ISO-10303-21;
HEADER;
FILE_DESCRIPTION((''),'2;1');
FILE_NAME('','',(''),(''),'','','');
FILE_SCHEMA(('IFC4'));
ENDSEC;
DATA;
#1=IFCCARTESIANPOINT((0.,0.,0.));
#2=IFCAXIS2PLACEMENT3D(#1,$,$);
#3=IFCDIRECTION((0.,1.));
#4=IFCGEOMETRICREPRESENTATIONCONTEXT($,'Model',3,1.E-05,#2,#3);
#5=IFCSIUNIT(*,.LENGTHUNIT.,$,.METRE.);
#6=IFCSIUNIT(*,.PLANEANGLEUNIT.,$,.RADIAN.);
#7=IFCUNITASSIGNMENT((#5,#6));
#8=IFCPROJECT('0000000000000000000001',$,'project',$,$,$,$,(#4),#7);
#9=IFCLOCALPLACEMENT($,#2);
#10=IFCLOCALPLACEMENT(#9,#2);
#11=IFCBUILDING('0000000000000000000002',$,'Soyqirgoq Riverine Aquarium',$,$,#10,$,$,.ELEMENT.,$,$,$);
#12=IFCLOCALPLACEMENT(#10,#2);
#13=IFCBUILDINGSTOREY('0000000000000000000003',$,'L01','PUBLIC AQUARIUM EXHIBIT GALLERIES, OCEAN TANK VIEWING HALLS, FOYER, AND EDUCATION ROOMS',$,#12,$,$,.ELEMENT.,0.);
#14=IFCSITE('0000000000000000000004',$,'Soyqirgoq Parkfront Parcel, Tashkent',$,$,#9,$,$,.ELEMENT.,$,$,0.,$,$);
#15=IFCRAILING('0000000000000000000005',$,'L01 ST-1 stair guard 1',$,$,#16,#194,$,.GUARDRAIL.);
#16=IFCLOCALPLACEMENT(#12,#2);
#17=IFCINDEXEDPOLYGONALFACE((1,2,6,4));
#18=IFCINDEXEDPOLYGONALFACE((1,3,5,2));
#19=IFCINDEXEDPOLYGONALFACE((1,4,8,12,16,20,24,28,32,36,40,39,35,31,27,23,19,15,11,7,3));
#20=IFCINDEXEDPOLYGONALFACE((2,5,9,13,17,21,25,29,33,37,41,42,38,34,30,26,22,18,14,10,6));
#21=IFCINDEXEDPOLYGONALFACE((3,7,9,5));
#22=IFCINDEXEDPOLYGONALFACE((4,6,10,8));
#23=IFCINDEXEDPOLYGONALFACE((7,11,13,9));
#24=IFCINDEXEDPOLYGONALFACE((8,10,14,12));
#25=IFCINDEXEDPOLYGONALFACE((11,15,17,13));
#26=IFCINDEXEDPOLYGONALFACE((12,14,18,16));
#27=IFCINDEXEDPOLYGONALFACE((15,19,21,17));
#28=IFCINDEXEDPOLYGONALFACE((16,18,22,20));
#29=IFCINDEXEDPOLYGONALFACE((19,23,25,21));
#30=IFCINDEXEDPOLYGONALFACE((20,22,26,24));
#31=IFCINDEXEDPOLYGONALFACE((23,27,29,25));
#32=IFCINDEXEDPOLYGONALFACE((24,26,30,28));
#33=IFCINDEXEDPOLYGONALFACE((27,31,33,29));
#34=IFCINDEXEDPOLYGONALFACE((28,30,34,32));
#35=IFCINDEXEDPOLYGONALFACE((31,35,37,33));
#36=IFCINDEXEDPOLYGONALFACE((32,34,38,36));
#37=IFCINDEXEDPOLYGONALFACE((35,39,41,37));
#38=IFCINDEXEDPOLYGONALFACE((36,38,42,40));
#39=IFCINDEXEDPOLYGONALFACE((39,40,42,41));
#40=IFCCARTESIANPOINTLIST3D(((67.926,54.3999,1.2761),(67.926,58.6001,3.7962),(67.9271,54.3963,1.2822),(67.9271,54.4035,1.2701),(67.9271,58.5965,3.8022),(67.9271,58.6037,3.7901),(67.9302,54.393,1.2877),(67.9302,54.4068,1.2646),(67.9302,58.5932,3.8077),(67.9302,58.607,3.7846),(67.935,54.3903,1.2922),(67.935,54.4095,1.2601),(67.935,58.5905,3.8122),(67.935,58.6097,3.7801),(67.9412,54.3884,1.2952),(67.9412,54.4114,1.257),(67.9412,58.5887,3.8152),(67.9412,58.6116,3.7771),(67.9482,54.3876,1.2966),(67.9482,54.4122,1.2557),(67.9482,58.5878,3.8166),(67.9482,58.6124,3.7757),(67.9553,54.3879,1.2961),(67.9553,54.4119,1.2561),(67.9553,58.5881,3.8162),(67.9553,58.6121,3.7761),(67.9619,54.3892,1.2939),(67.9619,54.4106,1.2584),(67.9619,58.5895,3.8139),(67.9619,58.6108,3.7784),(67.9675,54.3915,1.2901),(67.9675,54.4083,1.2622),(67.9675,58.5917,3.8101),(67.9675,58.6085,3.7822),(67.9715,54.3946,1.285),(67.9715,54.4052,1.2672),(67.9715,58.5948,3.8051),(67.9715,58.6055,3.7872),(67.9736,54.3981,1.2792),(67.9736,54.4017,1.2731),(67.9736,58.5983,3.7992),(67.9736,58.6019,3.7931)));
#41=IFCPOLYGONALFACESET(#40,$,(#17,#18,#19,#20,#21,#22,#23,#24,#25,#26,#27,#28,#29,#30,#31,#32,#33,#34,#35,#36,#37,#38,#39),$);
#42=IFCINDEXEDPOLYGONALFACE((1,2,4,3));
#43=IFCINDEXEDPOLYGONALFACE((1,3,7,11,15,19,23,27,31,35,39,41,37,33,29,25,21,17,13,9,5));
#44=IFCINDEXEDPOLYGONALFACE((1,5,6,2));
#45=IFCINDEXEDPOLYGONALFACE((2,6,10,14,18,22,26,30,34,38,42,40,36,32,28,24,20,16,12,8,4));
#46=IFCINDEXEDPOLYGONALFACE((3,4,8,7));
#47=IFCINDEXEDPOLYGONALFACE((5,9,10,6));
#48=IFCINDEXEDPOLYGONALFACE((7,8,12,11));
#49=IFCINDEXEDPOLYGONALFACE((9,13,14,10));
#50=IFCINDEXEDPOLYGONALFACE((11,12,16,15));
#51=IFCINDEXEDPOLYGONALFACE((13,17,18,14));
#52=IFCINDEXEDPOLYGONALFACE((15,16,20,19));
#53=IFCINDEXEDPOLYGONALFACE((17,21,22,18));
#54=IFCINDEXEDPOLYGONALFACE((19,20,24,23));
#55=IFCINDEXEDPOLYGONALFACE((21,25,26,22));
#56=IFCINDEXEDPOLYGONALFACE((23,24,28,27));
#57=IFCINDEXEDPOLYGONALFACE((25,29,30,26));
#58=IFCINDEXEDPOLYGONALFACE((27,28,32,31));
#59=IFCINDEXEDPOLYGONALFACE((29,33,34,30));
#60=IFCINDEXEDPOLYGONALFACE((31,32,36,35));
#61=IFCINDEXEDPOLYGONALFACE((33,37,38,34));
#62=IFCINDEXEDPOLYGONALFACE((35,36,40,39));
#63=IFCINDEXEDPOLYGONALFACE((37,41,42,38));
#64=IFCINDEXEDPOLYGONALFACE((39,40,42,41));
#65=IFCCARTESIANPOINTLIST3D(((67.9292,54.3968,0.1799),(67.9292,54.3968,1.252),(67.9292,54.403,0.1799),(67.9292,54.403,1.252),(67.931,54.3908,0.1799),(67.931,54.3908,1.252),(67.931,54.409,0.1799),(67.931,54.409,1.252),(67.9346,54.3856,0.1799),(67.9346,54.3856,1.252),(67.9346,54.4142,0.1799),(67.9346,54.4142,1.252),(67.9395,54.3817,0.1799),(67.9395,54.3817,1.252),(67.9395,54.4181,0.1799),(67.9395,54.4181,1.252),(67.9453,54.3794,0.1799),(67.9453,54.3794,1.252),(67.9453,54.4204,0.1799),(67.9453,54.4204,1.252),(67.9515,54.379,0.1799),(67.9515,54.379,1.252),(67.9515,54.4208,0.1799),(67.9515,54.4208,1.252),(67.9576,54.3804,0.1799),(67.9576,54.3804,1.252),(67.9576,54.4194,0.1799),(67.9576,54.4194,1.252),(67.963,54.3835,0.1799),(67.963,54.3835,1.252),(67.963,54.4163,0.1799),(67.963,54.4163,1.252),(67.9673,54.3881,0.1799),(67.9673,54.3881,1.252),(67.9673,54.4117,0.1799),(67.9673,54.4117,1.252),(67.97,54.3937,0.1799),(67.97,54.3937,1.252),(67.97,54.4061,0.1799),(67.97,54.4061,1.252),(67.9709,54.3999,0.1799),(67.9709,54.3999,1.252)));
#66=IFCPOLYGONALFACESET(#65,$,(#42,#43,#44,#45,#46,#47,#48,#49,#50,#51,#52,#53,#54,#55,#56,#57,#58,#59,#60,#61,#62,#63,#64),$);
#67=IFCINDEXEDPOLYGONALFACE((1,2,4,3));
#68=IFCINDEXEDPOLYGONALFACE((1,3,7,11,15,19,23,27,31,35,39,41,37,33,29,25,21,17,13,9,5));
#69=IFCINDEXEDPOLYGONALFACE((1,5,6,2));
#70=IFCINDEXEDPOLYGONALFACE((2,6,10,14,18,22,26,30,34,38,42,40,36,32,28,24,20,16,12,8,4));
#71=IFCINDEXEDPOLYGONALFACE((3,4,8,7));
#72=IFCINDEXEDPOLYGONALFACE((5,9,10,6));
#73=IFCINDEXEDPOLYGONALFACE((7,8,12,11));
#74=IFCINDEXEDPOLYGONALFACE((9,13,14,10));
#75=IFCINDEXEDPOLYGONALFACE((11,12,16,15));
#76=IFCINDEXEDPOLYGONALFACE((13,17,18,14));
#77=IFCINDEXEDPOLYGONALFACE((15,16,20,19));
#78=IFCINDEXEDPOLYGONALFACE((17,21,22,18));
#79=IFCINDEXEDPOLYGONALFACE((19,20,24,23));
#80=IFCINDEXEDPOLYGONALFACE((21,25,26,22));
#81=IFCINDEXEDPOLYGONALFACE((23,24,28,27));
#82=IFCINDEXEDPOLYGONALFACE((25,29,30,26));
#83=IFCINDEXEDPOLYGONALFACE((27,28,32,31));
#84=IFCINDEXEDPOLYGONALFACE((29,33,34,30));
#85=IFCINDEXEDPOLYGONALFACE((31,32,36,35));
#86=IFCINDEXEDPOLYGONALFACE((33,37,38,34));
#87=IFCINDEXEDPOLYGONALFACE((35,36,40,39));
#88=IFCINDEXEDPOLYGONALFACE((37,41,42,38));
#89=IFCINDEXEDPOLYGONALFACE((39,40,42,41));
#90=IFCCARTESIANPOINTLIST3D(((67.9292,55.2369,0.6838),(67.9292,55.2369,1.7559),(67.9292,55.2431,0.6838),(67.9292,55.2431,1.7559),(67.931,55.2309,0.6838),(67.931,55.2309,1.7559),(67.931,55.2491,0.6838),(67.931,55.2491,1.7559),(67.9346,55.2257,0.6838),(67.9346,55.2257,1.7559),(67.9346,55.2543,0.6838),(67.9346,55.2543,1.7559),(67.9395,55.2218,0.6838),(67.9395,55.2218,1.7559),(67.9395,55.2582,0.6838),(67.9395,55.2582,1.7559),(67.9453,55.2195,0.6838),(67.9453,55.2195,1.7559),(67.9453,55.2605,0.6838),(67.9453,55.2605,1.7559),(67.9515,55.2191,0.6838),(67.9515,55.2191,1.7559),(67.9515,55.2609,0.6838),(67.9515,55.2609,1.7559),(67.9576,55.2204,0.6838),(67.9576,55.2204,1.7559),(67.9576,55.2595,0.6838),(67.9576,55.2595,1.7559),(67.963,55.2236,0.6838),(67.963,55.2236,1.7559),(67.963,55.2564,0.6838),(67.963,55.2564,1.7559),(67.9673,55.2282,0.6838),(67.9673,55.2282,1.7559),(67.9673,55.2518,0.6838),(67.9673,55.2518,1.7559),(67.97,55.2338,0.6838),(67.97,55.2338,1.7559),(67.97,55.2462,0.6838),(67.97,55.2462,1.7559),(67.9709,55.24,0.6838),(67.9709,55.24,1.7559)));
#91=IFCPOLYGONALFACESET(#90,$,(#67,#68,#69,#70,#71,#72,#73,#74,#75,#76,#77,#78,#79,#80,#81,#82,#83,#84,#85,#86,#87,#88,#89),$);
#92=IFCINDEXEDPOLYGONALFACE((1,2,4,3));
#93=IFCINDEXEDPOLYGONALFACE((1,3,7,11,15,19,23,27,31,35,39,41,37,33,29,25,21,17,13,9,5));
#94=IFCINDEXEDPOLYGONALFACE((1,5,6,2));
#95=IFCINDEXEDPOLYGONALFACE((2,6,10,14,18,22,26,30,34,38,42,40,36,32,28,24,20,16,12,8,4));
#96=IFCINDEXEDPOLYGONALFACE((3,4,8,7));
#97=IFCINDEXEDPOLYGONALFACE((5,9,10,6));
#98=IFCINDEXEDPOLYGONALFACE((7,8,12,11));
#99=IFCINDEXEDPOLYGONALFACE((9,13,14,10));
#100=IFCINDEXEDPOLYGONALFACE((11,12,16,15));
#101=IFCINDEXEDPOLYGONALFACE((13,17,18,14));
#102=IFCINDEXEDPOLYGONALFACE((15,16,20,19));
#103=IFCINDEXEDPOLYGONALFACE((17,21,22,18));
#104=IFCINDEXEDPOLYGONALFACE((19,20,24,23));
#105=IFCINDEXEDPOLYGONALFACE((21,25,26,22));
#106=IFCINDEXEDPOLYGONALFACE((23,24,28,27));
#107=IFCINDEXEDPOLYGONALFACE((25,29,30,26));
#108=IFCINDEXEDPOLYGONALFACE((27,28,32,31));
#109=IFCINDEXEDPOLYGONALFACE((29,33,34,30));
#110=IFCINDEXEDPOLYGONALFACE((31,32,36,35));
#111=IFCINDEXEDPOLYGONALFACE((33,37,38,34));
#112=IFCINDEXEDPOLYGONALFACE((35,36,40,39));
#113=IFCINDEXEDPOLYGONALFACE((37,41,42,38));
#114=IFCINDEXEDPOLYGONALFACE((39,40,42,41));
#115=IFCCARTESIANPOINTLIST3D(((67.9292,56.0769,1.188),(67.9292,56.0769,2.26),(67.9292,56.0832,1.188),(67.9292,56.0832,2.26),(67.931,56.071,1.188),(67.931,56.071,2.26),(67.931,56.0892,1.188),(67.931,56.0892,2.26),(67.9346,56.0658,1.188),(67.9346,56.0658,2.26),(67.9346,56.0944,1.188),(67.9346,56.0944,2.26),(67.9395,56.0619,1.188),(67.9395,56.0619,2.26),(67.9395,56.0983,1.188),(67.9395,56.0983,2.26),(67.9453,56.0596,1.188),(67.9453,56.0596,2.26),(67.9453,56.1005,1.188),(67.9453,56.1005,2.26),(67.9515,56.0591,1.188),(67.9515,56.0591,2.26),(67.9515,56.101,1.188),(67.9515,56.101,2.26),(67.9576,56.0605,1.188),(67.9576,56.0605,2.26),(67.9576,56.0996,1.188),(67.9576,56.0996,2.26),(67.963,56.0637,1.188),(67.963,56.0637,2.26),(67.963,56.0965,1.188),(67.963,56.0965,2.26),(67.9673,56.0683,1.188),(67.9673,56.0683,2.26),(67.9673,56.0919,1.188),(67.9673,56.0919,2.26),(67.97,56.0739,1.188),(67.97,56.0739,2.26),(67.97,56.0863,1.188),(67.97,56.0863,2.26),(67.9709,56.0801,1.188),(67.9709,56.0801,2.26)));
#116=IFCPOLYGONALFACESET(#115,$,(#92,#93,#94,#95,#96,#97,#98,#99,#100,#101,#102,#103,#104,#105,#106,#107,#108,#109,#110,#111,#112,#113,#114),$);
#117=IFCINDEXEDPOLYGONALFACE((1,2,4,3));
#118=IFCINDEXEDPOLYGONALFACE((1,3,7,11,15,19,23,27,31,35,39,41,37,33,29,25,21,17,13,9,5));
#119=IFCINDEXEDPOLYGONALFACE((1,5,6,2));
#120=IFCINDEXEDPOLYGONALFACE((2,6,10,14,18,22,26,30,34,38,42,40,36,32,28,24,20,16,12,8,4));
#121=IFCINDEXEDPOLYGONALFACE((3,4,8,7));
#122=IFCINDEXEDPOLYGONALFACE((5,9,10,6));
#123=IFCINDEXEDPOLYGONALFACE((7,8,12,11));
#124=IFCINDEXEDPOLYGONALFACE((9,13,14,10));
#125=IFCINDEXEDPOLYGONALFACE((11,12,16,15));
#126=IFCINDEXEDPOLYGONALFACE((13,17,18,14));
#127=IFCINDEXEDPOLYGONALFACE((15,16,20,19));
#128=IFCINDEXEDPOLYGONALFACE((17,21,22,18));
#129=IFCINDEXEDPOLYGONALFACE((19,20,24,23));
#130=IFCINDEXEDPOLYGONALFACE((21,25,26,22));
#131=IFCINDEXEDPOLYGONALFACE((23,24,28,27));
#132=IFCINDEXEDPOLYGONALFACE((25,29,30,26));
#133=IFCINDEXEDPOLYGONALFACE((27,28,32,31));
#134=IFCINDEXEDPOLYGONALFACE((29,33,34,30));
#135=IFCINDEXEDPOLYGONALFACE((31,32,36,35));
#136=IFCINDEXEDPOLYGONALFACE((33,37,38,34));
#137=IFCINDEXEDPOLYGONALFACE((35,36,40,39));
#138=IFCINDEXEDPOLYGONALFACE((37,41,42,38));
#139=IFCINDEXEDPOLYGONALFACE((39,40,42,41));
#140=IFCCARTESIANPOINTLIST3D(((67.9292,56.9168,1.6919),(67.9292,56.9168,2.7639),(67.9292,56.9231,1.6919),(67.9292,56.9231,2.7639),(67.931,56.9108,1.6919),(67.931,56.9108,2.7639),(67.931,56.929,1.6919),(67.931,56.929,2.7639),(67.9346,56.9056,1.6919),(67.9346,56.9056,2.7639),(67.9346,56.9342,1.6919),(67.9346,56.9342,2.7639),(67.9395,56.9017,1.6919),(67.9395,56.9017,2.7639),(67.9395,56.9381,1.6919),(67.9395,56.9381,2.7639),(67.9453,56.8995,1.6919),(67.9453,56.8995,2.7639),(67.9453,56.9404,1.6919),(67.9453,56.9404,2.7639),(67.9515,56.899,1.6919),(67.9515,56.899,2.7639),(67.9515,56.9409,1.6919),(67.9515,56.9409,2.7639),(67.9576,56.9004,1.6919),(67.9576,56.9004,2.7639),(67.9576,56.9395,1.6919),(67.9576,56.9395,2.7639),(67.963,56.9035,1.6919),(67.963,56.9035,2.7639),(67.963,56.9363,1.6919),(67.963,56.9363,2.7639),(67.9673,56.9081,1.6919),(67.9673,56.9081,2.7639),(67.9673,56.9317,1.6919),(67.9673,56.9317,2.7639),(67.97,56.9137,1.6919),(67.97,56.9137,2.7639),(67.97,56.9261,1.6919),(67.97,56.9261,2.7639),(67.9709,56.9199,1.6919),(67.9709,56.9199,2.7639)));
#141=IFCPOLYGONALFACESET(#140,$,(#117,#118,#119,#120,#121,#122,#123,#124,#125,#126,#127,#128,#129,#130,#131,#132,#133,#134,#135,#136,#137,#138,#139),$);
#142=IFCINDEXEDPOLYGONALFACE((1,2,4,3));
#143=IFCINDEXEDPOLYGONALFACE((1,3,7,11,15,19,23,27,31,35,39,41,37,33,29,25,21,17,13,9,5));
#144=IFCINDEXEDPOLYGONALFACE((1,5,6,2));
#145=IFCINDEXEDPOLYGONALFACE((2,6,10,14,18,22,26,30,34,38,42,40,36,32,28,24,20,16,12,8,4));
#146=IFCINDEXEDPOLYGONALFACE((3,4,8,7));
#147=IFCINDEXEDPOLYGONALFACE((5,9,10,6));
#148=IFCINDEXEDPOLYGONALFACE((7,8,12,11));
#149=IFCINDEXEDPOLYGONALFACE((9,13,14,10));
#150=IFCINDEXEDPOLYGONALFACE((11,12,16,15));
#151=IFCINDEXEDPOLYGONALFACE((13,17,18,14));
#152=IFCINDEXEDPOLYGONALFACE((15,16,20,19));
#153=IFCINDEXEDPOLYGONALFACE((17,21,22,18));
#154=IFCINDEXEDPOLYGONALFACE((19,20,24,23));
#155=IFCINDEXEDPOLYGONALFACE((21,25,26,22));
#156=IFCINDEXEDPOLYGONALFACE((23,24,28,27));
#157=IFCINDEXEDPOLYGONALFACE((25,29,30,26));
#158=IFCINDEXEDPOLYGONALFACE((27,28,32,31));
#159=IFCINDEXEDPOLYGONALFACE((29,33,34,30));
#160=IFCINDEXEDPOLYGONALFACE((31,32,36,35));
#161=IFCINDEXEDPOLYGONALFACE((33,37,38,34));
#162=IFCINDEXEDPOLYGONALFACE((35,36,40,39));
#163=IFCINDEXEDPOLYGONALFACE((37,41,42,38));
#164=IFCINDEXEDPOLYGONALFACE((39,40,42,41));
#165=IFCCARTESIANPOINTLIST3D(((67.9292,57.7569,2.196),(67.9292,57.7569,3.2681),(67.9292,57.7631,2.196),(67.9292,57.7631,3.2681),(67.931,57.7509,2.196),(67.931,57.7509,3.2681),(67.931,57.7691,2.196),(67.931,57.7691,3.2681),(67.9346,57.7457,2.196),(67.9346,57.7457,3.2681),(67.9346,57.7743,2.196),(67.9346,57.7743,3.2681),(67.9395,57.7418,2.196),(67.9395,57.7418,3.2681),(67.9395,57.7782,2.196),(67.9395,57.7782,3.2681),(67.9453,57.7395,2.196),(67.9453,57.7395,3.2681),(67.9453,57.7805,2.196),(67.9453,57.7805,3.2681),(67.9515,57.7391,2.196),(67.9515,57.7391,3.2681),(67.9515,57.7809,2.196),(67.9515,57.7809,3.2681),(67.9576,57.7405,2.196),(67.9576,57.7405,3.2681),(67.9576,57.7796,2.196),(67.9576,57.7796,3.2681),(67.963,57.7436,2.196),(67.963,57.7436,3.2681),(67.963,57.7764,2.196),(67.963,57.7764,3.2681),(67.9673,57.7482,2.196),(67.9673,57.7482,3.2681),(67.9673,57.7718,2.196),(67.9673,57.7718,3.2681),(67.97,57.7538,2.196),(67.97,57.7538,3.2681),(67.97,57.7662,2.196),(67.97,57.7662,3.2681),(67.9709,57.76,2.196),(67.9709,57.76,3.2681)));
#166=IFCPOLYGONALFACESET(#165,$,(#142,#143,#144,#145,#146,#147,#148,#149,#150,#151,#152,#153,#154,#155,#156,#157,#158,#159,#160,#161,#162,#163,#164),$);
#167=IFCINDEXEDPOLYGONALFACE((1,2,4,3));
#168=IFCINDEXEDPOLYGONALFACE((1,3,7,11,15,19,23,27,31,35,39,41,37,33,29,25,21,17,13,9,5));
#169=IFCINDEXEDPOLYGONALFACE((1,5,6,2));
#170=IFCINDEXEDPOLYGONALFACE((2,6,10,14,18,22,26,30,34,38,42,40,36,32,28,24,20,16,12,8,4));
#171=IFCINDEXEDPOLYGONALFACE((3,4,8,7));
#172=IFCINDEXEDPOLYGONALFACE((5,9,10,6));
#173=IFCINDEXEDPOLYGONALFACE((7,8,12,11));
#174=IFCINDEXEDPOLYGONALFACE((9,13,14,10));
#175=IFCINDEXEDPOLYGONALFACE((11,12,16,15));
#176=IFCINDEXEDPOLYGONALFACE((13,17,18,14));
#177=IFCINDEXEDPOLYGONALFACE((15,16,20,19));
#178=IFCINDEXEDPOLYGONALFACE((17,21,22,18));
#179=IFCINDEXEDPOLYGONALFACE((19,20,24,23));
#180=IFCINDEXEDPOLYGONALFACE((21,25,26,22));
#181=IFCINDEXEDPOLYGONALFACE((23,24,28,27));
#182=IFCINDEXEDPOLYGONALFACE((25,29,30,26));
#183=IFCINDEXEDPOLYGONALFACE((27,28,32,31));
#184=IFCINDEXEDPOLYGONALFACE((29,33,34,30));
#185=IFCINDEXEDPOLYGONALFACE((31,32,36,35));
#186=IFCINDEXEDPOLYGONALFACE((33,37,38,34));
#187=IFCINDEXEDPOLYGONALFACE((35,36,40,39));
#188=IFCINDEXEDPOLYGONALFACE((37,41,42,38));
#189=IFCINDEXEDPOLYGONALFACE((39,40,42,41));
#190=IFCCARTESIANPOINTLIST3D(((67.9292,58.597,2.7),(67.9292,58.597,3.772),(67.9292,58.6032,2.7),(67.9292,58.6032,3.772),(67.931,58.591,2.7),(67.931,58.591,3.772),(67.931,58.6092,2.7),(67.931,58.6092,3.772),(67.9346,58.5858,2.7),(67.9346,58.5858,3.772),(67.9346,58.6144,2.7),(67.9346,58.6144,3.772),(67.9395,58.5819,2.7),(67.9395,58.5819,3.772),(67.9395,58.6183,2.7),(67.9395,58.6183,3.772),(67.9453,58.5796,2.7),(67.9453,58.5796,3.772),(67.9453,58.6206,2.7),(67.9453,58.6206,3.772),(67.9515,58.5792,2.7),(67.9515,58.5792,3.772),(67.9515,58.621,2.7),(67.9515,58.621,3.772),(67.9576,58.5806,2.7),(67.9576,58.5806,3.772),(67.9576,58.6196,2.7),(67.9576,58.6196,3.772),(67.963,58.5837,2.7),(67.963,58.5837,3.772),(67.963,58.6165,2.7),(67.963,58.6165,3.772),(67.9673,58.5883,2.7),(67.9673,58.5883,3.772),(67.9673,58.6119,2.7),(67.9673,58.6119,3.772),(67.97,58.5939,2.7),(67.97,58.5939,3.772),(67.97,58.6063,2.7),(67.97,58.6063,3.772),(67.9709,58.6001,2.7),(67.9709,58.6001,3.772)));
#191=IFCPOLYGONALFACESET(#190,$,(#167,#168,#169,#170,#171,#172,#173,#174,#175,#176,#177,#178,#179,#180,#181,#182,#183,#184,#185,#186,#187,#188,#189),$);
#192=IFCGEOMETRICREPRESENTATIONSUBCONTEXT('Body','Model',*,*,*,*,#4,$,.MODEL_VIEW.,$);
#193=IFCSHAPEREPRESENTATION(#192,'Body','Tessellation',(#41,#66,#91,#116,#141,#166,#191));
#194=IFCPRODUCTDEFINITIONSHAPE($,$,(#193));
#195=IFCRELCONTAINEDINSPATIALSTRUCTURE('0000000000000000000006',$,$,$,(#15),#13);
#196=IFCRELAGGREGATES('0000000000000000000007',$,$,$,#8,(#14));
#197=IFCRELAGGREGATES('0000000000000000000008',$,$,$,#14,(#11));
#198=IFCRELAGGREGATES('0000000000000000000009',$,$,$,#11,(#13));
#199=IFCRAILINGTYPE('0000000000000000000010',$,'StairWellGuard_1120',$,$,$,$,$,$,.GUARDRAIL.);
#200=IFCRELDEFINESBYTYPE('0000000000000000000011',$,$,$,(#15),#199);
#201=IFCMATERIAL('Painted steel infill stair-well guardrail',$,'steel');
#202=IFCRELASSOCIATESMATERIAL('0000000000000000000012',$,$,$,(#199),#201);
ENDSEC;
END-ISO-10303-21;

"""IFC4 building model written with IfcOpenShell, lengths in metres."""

from ifc_helpers import new_model, si_unit, direction, frame, origin, origin_2d, place, context, subcontext, project, spatial, circle, extrude, material, type_object, element, save


model = new_model("IFC4")

# Units and contexts
model_context = context("Model", 3, precision=1e-05, world=origin(), true_north=direction((0.0, 1.0)))
body_context = subcontext(model_context, "Body", "Model", "MODEL_VIEW")
ifc_project = project(units=[si_unit("LENGTHUNIT", "METRE"), si_unit("PLANEANGLEUNIT", "RADIAN")], contexts=[model_context])

# Site, building, storey
site_placement = place(None, origin())
site = spatial("IfcSite", under=ifc_project, at=site_placement, Name="Soyqirgoq Parkfront Parcel, Tashkent", CompositionType="ELEMENT", RefElevation=0.0)
building_placement = place(site_placement, origin())
building = spatial("IfcBuilding", under=site, at=building_placement, Name="Soyqirgoq Riverine Aquarium", CompositionType="ELEMENT")
storey_placement = place(building_placement, origin())
storey = spatial("IfcBuildingStorey", under=building, at=storey_placement, Name="L01", Description="PUBLIC AQUARIUM EXHIBIT GALLERIES, OCEAN TANK VIEWING HALLS, FOYER, AND EDUCATION ROOMS", CompositionType="ELEMENT", Elevation=0.0)

# Railing
ifc_material_1 = material(Name="Painted steel infill stair-well guardrail", Category="steel")
railing_type_1 = type_object("IfcRailingType", Name="StairWellGuard_1120", PredefinedType="GUARDRAIL", material=ifc_material_1)
railing_1_placement = place(storey_placement, frame((67.95, 54.3999, 0.1799)))
element("IfcRailing", 1, at=railing_1_placement, inside=storey, type_object=railing_type_1, Name="L01 ST-1 stair guard 1", PredefinedType="GUARDRAIL", context=body_context, shape_type="SweptSolid", body=[
    extrude(circle(Radius=0.0239, at=origin_2d()), frame((0.0, 0.0, 1.0962), z_axis=(0.0, 0.857502, 0.514481), x_axis=(-1.0, 0.0, 0.0)), (0.0, 0.0, 1.0), 4.8982),
    extrude(circle(Radius=0.021, at=origin_2d()), origin(), (0.0, 0.0, 1.0), 1.072),
    extrude(circle(Radius=0.021, at=origin_2d()), frame((0.0, 0.8401, 0.5039)), (0.0, 0.0, 1.0), 1.072),
    extrude(circle(Radius=0.021, at=origin_2d()), frame((0.0, 1.6802, 1.0081)), (0.0, 0.0, 1.0), 1.072),
    extrude(circle(Radius=0.021, at=origin_2d()), frame((0.0, 2.52, 1.512)), (0.0, 0.0, 1.0), 1.072),
    extrude(circle(Radius=0.021, at=origin_2d()), frame((0.0, 3.3601, 2.0161)), (0.0, 0.0, 1.0), 1.072),
    extrude(circle(Radius=0.021, at=origin_2d()), frame((0.0, 4.2002, 2.52)), (0.0, 0.0, 1.0), 1.072),
])

save(model, "model.ifc")
